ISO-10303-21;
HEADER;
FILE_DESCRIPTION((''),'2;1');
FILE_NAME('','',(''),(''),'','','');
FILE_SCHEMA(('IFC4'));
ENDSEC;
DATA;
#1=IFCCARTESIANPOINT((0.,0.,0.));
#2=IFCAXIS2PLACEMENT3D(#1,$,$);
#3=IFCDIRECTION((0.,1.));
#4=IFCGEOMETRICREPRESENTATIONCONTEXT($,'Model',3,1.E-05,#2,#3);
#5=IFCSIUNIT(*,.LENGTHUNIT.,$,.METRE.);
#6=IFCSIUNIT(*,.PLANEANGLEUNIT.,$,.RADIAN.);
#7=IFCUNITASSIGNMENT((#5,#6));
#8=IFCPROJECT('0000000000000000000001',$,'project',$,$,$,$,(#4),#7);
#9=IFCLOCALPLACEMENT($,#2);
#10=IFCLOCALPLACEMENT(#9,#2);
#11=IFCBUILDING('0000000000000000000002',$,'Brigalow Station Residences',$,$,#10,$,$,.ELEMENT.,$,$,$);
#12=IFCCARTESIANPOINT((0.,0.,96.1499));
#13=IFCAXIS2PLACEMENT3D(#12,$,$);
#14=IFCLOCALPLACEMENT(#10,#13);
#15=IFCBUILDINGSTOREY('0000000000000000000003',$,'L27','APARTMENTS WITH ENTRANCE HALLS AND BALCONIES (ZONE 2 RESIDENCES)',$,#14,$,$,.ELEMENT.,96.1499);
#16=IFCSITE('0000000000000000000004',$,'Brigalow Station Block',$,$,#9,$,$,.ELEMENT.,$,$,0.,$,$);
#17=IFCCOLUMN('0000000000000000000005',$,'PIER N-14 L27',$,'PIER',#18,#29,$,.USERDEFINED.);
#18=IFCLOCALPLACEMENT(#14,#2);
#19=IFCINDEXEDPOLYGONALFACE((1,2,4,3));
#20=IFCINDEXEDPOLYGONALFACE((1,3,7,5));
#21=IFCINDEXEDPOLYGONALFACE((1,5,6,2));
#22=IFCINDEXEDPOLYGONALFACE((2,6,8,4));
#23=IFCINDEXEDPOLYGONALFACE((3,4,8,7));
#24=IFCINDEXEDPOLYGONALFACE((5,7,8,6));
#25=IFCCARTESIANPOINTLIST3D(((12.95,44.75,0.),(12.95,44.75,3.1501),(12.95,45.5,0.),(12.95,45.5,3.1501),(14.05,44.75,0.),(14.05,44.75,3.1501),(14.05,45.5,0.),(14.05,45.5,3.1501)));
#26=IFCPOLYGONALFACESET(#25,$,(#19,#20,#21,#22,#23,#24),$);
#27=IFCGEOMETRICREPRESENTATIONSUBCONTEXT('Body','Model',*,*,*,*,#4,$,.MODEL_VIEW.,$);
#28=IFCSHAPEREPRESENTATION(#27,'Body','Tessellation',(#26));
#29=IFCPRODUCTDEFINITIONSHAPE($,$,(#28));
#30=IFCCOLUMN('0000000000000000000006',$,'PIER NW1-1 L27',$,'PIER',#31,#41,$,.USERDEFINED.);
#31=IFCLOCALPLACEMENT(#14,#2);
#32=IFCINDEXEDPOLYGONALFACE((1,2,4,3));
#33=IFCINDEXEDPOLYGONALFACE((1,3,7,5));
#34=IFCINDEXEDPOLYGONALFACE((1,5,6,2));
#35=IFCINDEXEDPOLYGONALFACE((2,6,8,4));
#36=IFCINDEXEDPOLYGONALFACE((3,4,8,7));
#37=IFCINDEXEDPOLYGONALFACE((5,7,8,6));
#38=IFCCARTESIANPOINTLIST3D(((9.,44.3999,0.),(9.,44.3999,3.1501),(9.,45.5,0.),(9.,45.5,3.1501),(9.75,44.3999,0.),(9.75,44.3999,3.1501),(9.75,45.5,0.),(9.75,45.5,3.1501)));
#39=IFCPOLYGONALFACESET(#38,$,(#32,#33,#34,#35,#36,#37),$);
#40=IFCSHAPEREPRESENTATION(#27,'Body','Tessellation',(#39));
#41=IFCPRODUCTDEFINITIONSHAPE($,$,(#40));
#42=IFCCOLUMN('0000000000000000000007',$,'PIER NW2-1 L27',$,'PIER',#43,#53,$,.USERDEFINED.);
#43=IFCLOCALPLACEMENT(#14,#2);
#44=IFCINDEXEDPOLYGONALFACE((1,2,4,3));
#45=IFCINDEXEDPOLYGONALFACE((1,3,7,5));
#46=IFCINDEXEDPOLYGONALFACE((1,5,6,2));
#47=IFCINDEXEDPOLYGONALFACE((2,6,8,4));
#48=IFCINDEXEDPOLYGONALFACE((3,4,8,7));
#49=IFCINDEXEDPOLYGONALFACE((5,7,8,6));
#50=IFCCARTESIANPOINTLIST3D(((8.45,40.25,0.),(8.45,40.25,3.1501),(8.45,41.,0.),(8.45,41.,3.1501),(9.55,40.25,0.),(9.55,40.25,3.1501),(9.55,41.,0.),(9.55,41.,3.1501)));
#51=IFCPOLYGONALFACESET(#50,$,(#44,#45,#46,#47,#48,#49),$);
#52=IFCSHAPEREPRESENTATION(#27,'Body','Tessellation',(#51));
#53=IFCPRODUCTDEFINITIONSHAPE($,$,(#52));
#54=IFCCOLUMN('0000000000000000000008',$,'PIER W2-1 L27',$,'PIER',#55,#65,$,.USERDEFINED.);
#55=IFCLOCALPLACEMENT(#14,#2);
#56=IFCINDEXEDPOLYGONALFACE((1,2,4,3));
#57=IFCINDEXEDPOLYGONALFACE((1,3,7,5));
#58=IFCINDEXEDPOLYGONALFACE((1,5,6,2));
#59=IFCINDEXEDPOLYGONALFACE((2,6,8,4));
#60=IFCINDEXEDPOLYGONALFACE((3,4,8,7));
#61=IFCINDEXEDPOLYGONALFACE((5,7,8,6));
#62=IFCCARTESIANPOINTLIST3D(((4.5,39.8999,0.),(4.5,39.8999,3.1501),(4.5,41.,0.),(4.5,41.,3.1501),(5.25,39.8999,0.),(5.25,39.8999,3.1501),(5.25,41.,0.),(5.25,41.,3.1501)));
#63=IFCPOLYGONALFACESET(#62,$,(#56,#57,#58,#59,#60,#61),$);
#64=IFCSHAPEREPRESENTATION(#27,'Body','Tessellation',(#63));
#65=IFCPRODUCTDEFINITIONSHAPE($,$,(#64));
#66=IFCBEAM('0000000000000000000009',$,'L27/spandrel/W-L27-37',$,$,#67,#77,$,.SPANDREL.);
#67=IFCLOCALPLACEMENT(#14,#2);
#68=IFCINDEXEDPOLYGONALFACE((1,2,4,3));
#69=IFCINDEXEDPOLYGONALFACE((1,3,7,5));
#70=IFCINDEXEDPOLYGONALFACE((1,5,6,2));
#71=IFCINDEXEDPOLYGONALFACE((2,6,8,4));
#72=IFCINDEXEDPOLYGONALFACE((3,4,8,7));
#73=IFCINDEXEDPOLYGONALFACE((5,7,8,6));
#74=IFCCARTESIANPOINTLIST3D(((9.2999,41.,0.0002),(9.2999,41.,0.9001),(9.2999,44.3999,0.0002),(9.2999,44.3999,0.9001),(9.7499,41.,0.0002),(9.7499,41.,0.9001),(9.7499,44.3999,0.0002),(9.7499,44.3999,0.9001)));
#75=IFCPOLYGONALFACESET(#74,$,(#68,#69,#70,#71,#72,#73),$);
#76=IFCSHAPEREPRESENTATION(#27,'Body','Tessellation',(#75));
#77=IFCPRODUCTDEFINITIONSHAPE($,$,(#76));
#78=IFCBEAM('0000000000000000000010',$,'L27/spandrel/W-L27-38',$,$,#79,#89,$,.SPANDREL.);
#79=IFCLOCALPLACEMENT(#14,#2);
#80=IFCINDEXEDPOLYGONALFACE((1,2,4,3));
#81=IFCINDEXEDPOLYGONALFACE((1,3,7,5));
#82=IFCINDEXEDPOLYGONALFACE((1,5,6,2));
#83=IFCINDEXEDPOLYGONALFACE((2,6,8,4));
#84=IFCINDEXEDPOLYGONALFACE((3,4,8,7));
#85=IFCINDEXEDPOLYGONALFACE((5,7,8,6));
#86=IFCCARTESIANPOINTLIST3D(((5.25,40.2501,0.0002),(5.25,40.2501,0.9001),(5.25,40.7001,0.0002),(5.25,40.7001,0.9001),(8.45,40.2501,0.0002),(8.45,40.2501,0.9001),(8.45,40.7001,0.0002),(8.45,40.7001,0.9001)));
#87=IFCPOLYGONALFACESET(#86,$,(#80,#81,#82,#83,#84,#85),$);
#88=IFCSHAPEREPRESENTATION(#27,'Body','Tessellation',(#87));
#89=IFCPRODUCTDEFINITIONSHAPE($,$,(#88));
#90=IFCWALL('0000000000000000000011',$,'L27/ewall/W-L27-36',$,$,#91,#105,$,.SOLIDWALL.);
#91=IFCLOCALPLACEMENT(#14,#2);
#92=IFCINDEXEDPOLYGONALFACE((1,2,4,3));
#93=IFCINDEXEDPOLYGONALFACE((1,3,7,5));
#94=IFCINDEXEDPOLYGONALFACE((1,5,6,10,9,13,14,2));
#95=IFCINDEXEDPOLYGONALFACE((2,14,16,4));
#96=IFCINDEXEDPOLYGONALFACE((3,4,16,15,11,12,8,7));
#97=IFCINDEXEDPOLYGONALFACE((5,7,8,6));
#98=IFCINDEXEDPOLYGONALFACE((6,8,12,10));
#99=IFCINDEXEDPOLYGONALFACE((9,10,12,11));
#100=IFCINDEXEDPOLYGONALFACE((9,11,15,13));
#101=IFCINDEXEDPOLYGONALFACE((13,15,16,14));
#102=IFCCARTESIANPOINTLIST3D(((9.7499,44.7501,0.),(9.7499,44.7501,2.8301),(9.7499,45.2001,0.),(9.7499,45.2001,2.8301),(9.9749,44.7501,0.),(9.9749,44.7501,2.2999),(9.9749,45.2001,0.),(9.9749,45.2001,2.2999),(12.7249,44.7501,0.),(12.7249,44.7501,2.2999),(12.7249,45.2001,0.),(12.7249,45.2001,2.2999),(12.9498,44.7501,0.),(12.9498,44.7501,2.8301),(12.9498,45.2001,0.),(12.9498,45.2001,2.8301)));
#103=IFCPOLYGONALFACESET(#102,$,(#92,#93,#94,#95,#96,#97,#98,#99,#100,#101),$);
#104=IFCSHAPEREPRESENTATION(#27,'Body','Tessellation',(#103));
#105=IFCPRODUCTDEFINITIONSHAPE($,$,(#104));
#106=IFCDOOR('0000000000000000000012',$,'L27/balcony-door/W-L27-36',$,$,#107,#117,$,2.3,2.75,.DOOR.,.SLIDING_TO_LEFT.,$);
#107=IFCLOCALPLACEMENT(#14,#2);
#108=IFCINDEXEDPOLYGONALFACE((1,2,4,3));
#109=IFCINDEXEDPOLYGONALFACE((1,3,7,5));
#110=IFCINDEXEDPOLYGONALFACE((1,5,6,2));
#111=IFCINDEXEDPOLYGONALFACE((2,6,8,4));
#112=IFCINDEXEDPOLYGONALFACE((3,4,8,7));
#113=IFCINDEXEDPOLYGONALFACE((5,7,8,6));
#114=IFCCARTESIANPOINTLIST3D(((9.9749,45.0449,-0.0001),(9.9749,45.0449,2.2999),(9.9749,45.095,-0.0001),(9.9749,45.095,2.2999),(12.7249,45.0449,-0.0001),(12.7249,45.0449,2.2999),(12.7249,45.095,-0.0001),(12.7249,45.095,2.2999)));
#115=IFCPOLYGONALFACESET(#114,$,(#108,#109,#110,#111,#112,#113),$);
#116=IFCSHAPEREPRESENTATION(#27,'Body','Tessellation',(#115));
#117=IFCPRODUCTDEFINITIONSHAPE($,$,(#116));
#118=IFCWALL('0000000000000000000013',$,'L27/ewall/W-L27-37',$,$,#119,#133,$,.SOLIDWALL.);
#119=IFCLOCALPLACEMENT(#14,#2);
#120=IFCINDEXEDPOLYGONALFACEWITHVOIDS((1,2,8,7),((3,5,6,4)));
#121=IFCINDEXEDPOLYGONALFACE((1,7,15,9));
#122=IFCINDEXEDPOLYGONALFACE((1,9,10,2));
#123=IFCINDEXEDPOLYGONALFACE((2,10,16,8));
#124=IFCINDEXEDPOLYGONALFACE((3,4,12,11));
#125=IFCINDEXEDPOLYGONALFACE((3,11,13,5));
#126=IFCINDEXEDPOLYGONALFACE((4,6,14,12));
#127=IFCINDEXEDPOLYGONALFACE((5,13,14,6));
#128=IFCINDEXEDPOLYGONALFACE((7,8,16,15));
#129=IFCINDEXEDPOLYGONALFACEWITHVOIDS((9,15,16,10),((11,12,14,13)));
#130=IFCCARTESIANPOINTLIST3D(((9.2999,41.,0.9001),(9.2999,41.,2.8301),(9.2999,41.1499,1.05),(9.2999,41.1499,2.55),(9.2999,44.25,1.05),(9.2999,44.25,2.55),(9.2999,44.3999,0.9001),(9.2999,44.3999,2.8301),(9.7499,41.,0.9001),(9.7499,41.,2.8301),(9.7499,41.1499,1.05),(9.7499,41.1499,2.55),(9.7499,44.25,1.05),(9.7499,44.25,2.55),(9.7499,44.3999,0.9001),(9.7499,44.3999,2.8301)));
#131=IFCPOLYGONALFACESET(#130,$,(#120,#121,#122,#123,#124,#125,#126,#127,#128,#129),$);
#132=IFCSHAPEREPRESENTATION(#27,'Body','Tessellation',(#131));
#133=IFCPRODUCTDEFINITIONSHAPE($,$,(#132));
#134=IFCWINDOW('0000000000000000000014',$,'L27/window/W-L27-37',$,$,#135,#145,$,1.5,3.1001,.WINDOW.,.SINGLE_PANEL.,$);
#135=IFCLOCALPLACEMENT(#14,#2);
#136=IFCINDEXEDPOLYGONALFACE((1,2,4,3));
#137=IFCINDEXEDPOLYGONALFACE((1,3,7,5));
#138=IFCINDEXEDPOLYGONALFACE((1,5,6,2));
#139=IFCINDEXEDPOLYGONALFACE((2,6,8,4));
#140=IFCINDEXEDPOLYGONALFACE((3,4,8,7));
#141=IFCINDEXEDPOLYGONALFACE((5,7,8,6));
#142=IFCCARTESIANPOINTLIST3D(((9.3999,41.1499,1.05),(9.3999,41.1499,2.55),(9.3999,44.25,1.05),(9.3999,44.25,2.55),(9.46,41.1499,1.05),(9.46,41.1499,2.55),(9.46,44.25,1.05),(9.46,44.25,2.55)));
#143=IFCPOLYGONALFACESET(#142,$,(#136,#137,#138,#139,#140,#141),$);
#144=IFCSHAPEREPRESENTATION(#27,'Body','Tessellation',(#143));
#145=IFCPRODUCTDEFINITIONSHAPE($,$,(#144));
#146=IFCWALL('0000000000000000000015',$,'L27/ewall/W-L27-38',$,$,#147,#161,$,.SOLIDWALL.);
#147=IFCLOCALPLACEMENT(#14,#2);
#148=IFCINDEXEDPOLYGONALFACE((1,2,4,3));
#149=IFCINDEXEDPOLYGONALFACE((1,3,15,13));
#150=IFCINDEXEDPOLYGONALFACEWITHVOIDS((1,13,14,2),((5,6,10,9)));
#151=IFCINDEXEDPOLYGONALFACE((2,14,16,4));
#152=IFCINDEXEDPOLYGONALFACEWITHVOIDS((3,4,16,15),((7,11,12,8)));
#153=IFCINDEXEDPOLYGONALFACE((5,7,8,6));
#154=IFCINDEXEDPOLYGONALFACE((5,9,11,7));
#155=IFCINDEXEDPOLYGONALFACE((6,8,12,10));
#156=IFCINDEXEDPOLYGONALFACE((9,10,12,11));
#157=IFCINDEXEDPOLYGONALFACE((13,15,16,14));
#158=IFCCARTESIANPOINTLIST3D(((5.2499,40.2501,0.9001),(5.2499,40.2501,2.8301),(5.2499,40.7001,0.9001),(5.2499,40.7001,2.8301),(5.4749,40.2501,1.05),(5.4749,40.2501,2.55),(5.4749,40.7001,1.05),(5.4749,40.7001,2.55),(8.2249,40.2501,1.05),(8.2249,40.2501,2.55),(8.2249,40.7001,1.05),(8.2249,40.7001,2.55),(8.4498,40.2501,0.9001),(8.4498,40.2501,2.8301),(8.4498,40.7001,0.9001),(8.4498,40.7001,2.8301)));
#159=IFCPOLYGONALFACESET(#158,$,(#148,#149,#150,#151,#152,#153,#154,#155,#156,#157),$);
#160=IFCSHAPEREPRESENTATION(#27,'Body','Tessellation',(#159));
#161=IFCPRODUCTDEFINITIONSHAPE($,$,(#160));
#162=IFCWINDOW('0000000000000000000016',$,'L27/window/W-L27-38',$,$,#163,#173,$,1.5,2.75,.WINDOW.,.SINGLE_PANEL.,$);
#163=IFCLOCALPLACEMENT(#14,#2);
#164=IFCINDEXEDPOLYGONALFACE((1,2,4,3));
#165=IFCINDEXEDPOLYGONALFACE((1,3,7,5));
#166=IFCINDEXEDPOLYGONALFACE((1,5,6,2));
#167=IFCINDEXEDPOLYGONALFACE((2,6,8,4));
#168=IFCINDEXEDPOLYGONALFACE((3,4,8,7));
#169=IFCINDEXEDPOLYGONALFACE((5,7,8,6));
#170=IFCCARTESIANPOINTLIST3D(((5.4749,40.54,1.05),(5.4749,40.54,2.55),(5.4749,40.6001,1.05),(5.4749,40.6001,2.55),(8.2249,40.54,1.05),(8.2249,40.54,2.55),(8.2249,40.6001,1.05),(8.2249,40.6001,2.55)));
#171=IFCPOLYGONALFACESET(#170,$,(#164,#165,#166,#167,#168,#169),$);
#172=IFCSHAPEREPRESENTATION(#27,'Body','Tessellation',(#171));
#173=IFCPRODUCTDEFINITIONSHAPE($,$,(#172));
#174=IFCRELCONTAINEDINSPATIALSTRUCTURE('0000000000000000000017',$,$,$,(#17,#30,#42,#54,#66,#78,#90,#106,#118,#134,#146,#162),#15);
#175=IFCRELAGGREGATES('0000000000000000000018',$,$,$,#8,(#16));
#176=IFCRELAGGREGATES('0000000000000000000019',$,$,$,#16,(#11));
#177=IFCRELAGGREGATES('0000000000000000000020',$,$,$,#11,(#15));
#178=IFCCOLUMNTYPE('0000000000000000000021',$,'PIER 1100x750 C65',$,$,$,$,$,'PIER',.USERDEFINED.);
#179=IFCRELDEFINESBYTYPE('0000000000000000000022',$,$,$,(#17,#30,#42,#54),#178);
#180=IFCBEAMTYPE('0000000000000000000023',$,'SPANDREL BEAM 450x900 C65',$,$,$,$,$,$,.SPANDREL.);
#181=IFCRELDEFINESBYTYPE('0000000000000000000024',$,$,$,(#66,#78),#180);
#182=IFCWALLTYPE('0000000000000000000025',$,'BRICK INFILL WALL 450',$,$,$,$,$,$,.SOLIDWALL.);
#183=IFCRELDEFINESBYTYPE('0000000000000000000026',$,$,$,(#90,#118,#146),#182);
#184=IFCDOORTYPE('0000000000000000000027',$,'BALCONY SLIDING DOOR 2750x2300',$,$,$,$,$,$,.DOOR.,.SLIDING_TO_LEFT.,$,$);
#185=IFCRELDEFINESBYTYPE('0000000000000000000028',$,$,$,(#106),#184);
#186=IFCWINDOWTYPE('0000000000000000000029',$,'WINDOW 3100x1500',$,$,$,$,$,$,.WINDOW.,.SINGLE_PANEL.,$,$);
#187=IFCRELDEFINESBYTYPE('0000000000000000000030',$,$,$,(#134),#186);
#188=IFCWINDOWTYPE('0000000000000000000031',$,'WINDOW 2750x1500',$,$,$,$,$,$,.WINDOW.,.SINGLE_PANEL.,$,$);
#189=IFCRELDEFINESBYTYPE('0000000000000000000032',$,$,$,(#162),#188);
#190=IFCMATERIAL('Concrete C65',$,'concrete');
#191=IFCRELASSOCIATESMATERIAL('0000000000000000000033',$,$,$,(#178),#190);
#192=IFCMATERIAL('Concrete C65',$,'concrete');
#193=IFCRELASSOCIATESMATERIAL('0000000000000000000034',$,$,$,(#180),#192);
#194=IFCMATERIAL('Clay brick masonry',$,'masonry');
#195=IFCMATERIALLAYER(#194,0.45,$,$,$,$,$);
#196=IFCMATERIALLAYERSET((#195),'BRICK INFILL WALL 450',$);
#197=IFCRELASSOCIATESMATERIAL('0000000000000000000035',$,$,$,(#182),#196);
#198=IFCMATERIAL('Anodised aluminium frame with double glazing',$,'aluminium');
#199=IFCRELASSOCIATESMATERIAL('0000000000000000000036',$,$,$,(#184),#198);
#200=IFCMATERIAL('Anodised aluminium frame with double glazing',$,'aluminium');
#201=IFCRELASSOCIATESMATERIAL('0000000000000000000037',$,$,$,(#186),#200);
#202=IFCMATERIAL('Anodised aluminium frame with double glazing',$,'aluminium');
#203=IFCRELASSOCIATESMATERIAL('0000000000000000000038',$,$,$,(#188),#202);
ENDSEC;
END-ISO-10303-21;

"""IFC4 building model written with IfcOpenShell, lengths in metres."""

from ifc_helpers import new_model, si_unit, direction, frame, frame_2d, origin, origin_2d, place, context, subcontext, project, spatial, rectangle, extrude, material, layer, layer_set, material_profile, profile_set, type_object, element, fill, save


model = new_model("IFC4")

# Units and contexts
model_context = context("Model", 3, precision=1e-05, world=origin(), true_north=direction((0.0, 1.0)))
body_context = subcontext(model_context, "Body", "Model", "MODEL_VIEW")
ifc_project = project(units=[si_unit("LENGTHUNIT", "METRE"), si_unit("PLANEANGLEUNIT", "RADIAN")], contexts=[model_context])

# Site, building, storey
site_placement = place(None, origin())
site = spatial("IfcSite", under=ifc_project, at=site_placement, Name="Brigalow Station Block", CompositionType="ELEMENT", RefElevation=0.0)
building_placement = place(site_placement, origin())
building = spatial("IfcBuilding", under=site, at=building_placement, Name="Brigalow Station Residences", CompositionType="ELEMENT")
storey_placement = place(building_placement, frame((0.0, 0.0, 96.1499)))
storey = spatial("IfcBuildingStorey", under=building, at=storey_placement, Name="L27", Description="APARTMENTS WITH ENTRANCE HALLS AND BALCONIES (ZONE 2 RESIDENCES)", CompositionType="ELEMENT", Elevation=96.1499)

# Columns
ifc_material_1 = material(Name="Concrete C65", Category="concrete")
ifc_material_profile_1 = material_profile(ifc_material_1, rectangle(XDim=1.1001, YDim=0.75, at=origin_2d()), Name="RC1100x750")
ifc_profile_set_1 = profile_set([ifc_material_profile_1], Name="Concrete C65")
column_type = type_object("IfcColumnType", Name="PIER 1100x750 C65", ElementType="PIER", PredefinedType="USERDEFINED", material=ifc_profile_set_1)
for number, where, z_axis, x_axis, name in (
    (1, (13.5, 45.125, 0.0), (0.0, 0.0, 1.0), (-1.0, 0.0, 0.0), "PIER N-14 L27"),
    (2, (9.375, 44.95, 0.0), (0.0, 0.0, 1.0), (0.0, -1.0, 0.0), "PIER NW1-1 L27"),
    (3, (9.0, 40.625, 0.0), (0.0, 0.0, 1.0), (-1.0, 0.0, 0.0), "PIER NW2-1 L27"),
    (4, (4.875, 40.45, 0.0), (0.0, 0.0, 1.0), (0.0, -1.0, 0.0), "PIER W2-1 L27"),
):
    element("IfcColumn", number, at=place(storey_placement, frame(where, z_axis=z_axis, x_axis=x_axis)), inside=storey, type_object=column_type, Name=name, ObjectType="PIER", PredefinedType="USERDEFINED", context=body_context, shape_type="SweptSolid", body=[
        extrude(rectangle(XDim=1.1001, YDim=0.75, at=origin_2d()), origin(), (0.0, 0.0, 1.0), 3.1501),
    ])

# Beams
ifc_material_2 = material(Name="Concrete C65", Category="concrete")
ifc_material_profile_2 = material_profile(ifc_material_2, rectangle(XDim=0.45, YDim=0.8999, at=origin_2d()), Name="RC450x900")
ifc_profile_set_2 = profile_set([ifc_material_profile_2], Name="Concrete C65")
beam_type = type_object("IfcBeamType", Name="SPANDREL BEAM 450x900 C65", PredefinedType="SPANDREL", material=ifc_profile_set_2)
beam_1_placement = place(storey_placement, frame((9.5249, 44.3999, 0.4502), z_axis=(0.0, -1.0, 0.0), x_axis=(1.0, 0.0, 0.0)))
element("IfcBeam", 5, at=beam_1_placement, inside=storey, type_object=beam_type, Name="L27/spandrel/W-L27-37", PredefinedType="SPANDREL", context=body_context, shape_type="SweptSolid", body=[
    extrude(rectangle(XDim=0.45, YDim=0.8999, at=origin_2d()), origin(), (0.0, 0.0, 1.0), 3.3999),
])
beam_2_placement = place(storey_placement, frame((8.45, 40.4751, 0.4502), z_axis=(-1.0, 0.0, 0.0), x_axis=(0.0, -1.0, 0.0)))
element("IfcBeam", 6, at=beam_2_placement, inside=storey, type_object=beam_type, Name="L27/spandrel/W-L27-38", PredefinedType="SPANDREL", context=body_context, shape_type="SweptSolid", body=[
    extrude(rectangle(XDim=0.45, YDim=0.8999, at=origin_2d()), origin(), (0.0, 0.0, 1.0), 3.2),
])

# Wall, opening, door
ifc_material_3 = material(Name="Clay brick masonry", Category="masonry")
ifc_layer_1 = layer(ifc_material_3, 0.45)
ifc_layer_set_1 = layer_set([ifc_layer_1], Name="BRICK INFILL WALL 450")
wall_type_1 = type_object("IfcWallType", Name="BRICK INFILL WALL 450", PredefinedType="SOLIDWALL", material=ifc_layer_set_1)
wall_1_placement = place(storey_placement, frame((12.95, 44.9751, 0.0), z_axis=(0.0, 0.0, 1.0), x_axis=(-1.0, 0.0, 0.0)))
wall_1 = element("IfcWall", 7, at=wall_1_placement, inside=storey, type_object=wall_type_1, Name="L27/ewall/W-L27-36", PredefinedType="SOLIDWALL", context=body_context, shape_type="SweptSolid", body=[
    extrude(rectangle(XDim=3.2, YDim=0.45, at=frame_2d((1.6001, 0.0))), origin(), (0.0, 0.0, 1.0), 2.8301),
])
opening_1_placement = place(wall_1_placement, frame((0.2251, 0.0, 0.0)))
opening_1 = element("IfcOpeningElement", 8, at=opening_1_placement, cuts=wall_1, PredefinedType="OPENING", context=body_context, shape_type="SweptSolid", body=[
    extrude(rectangle(XDim=2.75, YDim=2.3, at=frame_2d((1.375, 1.1499))), frame((0.0, 0.2349, 0.0), z_axis=(0.0, -1.0, 0.0), x_axis=(1.0, 0.0, 0.0)), (0.0, 0.0, 1.0), 0.47),
])
ifc_material_4 = material(Name="Anodised aluminium frame with double glazing", Category="aluminium")
door_type_1 = type_object("IfcDoorType", Name="BALCONY SLIDING DOOR 2750x2300", OperationType="SLIDING_TO_LEFT", PredefinedType="DOOR", material=ifc_material_4)
door_1_placement = place(opening_1_placement, origin())
door_1 = element("IfcDoor", 9, at=door_1_placement, inside=storey, type_object=door_type_1, Name="L27/balcony-door/W-L27-36", OperationType="SLIDING_TO_LEFT", OverallHeight=2.3, OverallWidth=2.75, PredefinedType="DOOR", context=body_context, shape_type="SweptSolid", body=[
    extrude(rectangle(XDim=2.75, YDim=2.3, at=frame_2d((1.375, 1.1499))), frame((0.0, -0.0698, 0.0), z_axis=(0.0, -1.0, 0.0), x_axis=(1.0, 0.0, 0.0)), (0.0, 0.0, 1.0), 0.05),
])
fill(opening_1, door_1)

# Walls, openings, windows
wall_2_placement = place(storey_placement, frame((9.5249, 44.3999, 0.9001), z_axis=(0.0, 0.0, 1.0), x_axis=(0.0, -1.0, 0.0)))
wall_2 = element("IfcWall", 10, at=wall_2_placement, inside=storey, type_object=wall_type_1, Name="L27/ewall/W-L27-37", PredefinedType="SOLIDWALL", context=body_context, shape_type="SweptSolid", body=[
    extrude(rectangle(XDim=3.3999, YDim=0.45, at=frame_2d((1.7, 0.0))), origin(), (0.0, 0.0, 1.0), 1.9299),
])
opening_2_placement = place(wall_2_placement, frame((0.1499, 0.0, 0.1499)))
opening_2 = element("IfcOpeningElement", 11, at=opening_2_placement, cuts=wall_2, PredefinedType="OPENING", context=body_context, shape_type="SweptSolid", body=[
    extrude(rectangle(XDim=3.1001, YDim=1.5, at=frame_2d((1.55, 0.75))), frame((0.0, 0.2349, 0.0), z_axis=(0.0, -1.0, 0.0), x_axis=(1.0, 0.0, 0.0)), (0.0, 0.0, 1.0), 0.47),
])
ifc_material_5 = material(Name="Anodised aluminium frame with double glazing", Category="aluminium")
window_type_1 = type_object("IfcWindowType", Name="WINDOW 3100x1500", PartitioningType="SINGLE_PANEL", PredefinedType="WINDOW", material=ifc_material_5)
window_1_placement = place(opening_2_placement, origin())
window_1 = element("IfcWindow", 12, at=window_1_placement, inside=storey, type_object=window_type_1, Name="L27/window/W-L27-37", OverallHeight=1.5, OverallWidth=3.1001, PartitioningType="SINGLE_PANEL", PredefinedType="WINDOW", context=body_context, shape_type="SweptSolid", body=[
    extrude(rectangle(XDim=3.1001, YDim=1.5, at=frame_2d((1.55, 0.75))), frame((0.0, -0.0649, 0.0), z_axis=(0.0, -1.0, 0.0), x_axis=(1.0, 0.0, 0.0)), (0.0, 0.0, 1.0), 0.0601),
])
fill(opening_2, window_1)
wall_3_placement = place(storey_placement, frame((8.45, 40.4751, 0.9001), z_axis=(0.0, 0.0, 1.0), x_axis=(-1.0, 0.0, 0.0)))
wall_3 = element("IfcWall", 13, at=wall_3_placement, inside=storey, type_object=wall_type_1, Name="L27/ewall/W-L27-38", PredefinedType="SOLIDWALL", context=body_context, shape_type="SweptSolid", body=[
    extrude(rectangle(XDim=3.2, YDim=0.45, at=frame_2d((1.6001, 0.0))), origin(), (0.0, 0.0, 1.0), 1.9299),
])
opening_3_placement = place(wall_3_placement, frame((0.2251, 0.0, 0.1499)))
opening_3 = element("IfcOpeningElement", 14, at=opening_3_placement, cuts=wall_3, PredefinedType="OPENING", context=body_context, shape_type="SweptSolid", body=[
    extrude(rectangle(XDim=2.75, YDim=1.5, at=frame_2d((1.375, 0.75))), frame((0.0, 0.2349, 0.0), z_axis=(0.0, -1.0, 0.0), x_axis=(1.0, 0.0, 0.0)), (0.0, 0.0, 1.0), 0.47),
])
ifc_material_6 = material(Name="Anodised aluminium frame with double glazing", Category="aluminium")
window_type_2 = type_object("IfcWindowType", Name="WINDOW 2750x1500", PartitioningType="SINGLE_PANEL", PredefinedType="WINDOW", material=ifc_material_6)
window_2_placement = place(opening_3_placement, origin())
window_2 = element("IfcWindow", 15, at=window_2_placement, inside=storey, type_object=window_type_2, Name="L27/window/W-L27-38", OverallHeight=1.5, OverallWidth=2.75, PartitioningType="SINGLE_PANEL", PredefinedType="WINDOW", context=body_context, shape_type="SweptSolid", body=[
    extrude(rectangle(XDim=2.75, YDim=1.5, at=frame_2d((1.375, 0.75))), frame((0.0, -0.0649, 0.0), z_axis=(0.0, -1.0, 0.0), x_axis=(1.0, 0.0, 0.0)), (0.0, 0.0, 1.0), 0.0601),
])
fill(opening_3, window_2)

save(model, "model.ifc")
